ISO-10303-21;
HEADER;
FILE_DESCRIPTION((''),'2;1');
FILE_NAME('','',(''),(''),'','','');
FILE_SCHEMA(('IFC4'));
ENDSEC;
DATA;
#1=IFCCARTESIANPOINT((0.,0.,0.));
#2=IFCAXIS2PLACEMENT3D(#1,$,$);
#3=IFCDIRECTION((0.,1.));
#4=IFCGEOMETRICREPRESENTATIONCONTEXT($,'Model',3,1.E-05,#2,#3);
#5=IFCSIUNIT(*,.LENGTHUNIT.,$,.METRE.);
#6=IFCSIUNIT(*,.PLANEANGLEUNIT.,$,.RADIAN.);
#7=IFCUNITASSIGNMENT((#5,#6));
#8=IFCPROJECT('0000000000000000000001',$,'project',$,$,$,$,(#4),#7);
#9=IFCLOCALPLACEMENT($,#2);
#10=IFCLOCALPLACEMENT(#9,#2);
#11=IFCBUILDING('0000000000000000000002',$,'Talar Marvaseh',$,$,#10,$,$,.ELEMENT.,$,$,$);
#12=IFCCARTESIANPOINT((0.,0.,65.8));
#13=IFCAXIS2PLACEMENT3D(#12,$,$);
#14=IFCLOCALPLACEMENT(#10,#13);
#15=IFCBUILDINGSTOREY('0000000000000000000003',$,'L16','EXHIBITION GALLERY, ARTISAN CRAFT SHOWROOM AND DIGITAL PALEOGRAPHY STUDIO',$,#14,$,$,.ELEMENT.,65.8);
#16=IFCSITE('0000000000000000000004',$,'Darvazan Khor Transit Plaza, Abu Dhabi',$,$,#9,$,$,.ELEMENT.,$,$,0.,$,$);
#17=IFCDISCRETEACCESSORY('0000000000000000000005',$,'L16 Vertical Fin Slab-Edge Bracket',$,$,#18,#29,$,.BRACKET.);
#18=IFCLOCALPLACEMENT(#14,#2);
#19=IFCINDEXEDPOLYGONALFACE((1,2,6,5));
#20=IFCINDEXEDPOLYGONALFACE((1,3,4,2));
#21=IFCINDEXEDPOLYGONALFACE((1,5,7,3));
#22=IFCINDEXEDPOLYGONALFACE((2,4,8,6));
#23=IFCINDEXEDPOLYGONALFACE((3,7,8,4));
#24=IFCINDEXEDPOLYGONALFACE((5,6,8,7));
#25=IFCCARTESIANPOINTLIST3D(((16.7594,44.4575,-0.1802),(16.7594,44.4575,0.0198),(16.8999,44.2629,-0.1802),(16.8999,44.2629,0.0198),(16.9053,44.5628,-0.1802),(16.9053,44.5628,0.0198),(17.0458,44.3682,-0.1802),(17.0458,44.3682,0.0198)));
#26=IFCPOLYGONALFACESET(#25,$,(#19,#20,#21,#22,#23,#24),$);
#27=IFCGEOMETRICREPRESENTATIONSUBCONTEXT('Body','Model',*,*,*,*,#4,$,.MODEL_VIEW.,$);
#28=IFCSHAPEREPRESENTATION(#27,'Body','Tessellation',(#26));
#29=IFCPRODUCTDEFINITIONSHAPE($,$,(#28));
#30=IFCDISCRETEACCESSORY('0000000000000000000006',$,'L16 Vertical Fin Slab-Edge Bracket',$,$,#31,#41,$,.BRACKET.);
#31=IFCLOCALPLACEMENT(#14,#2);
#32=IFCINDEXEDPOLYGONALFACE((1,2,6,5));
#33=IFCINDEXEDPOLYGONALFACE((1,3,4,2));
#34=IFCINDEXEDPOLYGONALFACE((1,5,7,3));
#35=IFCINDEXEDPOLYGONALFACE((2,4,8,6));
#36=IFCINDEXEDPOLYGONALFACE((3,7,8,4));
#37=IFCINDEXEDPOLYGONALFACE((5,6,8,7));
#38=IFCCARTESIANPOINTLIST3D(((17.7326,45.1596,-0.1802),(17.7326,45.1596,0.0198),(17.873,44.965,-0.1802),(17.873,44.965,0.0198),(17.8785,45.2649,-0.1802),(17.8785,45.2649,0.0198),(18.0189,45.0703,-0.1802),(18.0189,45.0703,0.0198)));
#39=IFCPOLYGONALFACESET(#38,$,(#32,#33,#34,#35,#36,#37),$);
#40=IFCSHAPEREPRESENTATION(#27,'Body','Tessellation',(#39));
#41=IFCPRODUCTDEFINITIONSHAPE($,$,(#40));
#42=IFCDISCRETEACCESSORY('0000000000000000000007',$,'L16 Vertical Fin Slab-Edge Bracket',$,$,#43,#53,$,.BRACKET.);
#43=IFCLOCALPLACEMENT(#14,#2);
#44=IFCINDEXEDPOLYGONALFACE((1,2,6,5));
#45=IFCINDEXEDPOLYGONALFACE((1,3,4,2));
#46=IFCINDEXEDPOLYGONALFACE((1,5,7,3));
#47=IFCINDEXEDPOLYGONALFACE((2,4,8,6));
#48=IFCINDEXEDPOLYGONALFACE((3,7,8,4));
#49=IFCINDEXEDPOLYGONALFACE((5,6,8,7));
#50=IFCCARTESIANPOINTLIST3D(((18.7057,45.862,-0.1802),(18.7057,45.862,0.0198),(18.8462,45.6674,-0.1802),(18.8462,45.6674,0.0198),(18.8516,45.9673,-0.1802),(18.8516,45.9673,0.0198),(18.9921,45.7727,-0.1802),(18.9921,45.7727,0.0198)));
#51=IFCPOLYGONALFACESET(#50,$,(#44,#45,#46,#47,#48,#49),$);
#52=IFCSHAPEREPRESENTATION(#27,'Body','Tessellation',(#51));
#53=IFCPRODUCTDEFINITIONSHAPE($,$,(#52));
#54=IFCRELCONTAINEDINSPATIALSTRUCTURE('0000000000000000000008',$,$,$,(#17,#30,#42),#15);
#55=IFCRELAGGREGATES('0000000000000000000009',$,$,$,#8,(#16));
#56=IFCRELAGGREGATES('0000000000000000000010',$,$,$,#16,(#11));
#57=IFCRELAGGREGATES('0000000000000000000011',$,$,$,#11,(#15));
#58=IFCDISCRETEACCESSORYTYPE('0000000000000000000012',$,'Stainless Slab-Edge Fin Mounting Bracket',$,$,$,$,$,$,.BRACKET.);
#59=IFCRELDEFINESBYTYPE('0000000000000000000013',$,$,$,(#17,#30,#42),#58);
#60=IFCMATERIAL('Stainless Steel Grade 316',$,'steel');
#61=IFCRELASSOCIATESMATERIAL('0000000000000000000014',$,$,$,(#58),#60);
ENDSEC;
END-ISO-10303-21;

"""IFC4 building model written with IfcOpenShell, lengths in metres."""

from ifc_helpers import new_model, si_unit, direction, frame, origin, origin_2d, place, context, subcontext, project, spatial, rectangle, extrude, source, transform, mapped, material, type_object, type_shapes, element, save


model = new_model("IFC4")

# Units and contexts
model_context = context("Model", 3, precision=1e-05, world=origin(), true_north=direction((0.0, 1.0)))
body_context = subcontext(model_context, "Body", "Model", "MODEL_VIEW")
ifc_project = project(units=[si_unit("LENGTHUNIT", "METRE"), si_unit("PLANEANGLEUNIT", "RADIAN")], contexts=[model_context])

# Site, building, storey
site_placement = place(None, origin())
site = spatial("IfcSite", under=ifc_project, at=site_placement, Name="Darvazan Khor Transit Plaza, Abu Dhabi", CompositionType="ELEMENT", RefElevation=0.0)
building_placement = place(site_placement, origin())
building = spatial("IfcBuilding", under=site, at=building_placement, Name="Talar Marvaseh", CompositionType="ELEMENT")
storey_placement = place(building_placement, frame((0.0, 0.0, 65.8)))
storey = spatial("IfcBuildingStorey", under=building, at=storey_placement, Name="L16", Description="EXHIBITION GALLERY, ARTISAN CRAFT SHOWROOM AND DIGITAL PALEOGRAPHY STUDIO", CompositionType="ELEMENT", Elevation=65.8)

# Discrete accessories
ifc_material_1 = material(Name="Stainless Steel Grade 316", Category="steel")
discrete_accessory_type = type_object("IfcDiscreteAccessoryType", Name="Stainless Slab-Edge Fin Mounting Bracket", PredefinedType="BRACKET", material=ifc_material_1)
shared_shape_1 = source(origin(), body_context, "Body", "SweptSolid", [
    extrude(rectangle(XDim=0.24, YDim=0.1799, at=origin_2d()), origin(), (0.0, 0.0, 1.0), 0.2),
])
type_shapes(discrete_accessory_type, [shared_shape_1])
for number, where, z_axis, x_axis, name in (
    (1, (16.9026, 44.4128, -0.1802), (0.0, 0.0, 1.0), (-0.585241, 0.81086, 0.0), "L16 Vertical Fin Slab-Edge Bracket"),
    (2, (17.8757, 45.115, -0.1802), (0.0, 0.0, 1.0), (-0.585241, 0.81086, 0.0), "L16 Vertical Fin Slab-Edge Bracket"),
    (3, (18.8489, 45.8174, -0.1802), (0.0, 0.0, 1.0), (-0.585241, 0.81086, 0.0), "L16 Vertical Fin Slab-Edge Bracket"),
):
    element("IfcDiscreteAccessory", number, at=place(storey_placement, frame(where, z_axis=z_axis, x_axis=x_axis)), inside=storey, type_object=discrete_accessory_type, Name=name, PredefinedType="BRACKET", context=body_context, shape_type="MappedRepresentation", body=[
        mapped(shared_shape_1, transform((0.0, 0.0, 0.0), x_axis=(1.0, 0.0, 0.0), y_axis=(0.0, 1.0, 0.0), z_axis=(0.0, 0.0, 1.0), scale=1.0)),
    ])

save(model, "model.ifc")
